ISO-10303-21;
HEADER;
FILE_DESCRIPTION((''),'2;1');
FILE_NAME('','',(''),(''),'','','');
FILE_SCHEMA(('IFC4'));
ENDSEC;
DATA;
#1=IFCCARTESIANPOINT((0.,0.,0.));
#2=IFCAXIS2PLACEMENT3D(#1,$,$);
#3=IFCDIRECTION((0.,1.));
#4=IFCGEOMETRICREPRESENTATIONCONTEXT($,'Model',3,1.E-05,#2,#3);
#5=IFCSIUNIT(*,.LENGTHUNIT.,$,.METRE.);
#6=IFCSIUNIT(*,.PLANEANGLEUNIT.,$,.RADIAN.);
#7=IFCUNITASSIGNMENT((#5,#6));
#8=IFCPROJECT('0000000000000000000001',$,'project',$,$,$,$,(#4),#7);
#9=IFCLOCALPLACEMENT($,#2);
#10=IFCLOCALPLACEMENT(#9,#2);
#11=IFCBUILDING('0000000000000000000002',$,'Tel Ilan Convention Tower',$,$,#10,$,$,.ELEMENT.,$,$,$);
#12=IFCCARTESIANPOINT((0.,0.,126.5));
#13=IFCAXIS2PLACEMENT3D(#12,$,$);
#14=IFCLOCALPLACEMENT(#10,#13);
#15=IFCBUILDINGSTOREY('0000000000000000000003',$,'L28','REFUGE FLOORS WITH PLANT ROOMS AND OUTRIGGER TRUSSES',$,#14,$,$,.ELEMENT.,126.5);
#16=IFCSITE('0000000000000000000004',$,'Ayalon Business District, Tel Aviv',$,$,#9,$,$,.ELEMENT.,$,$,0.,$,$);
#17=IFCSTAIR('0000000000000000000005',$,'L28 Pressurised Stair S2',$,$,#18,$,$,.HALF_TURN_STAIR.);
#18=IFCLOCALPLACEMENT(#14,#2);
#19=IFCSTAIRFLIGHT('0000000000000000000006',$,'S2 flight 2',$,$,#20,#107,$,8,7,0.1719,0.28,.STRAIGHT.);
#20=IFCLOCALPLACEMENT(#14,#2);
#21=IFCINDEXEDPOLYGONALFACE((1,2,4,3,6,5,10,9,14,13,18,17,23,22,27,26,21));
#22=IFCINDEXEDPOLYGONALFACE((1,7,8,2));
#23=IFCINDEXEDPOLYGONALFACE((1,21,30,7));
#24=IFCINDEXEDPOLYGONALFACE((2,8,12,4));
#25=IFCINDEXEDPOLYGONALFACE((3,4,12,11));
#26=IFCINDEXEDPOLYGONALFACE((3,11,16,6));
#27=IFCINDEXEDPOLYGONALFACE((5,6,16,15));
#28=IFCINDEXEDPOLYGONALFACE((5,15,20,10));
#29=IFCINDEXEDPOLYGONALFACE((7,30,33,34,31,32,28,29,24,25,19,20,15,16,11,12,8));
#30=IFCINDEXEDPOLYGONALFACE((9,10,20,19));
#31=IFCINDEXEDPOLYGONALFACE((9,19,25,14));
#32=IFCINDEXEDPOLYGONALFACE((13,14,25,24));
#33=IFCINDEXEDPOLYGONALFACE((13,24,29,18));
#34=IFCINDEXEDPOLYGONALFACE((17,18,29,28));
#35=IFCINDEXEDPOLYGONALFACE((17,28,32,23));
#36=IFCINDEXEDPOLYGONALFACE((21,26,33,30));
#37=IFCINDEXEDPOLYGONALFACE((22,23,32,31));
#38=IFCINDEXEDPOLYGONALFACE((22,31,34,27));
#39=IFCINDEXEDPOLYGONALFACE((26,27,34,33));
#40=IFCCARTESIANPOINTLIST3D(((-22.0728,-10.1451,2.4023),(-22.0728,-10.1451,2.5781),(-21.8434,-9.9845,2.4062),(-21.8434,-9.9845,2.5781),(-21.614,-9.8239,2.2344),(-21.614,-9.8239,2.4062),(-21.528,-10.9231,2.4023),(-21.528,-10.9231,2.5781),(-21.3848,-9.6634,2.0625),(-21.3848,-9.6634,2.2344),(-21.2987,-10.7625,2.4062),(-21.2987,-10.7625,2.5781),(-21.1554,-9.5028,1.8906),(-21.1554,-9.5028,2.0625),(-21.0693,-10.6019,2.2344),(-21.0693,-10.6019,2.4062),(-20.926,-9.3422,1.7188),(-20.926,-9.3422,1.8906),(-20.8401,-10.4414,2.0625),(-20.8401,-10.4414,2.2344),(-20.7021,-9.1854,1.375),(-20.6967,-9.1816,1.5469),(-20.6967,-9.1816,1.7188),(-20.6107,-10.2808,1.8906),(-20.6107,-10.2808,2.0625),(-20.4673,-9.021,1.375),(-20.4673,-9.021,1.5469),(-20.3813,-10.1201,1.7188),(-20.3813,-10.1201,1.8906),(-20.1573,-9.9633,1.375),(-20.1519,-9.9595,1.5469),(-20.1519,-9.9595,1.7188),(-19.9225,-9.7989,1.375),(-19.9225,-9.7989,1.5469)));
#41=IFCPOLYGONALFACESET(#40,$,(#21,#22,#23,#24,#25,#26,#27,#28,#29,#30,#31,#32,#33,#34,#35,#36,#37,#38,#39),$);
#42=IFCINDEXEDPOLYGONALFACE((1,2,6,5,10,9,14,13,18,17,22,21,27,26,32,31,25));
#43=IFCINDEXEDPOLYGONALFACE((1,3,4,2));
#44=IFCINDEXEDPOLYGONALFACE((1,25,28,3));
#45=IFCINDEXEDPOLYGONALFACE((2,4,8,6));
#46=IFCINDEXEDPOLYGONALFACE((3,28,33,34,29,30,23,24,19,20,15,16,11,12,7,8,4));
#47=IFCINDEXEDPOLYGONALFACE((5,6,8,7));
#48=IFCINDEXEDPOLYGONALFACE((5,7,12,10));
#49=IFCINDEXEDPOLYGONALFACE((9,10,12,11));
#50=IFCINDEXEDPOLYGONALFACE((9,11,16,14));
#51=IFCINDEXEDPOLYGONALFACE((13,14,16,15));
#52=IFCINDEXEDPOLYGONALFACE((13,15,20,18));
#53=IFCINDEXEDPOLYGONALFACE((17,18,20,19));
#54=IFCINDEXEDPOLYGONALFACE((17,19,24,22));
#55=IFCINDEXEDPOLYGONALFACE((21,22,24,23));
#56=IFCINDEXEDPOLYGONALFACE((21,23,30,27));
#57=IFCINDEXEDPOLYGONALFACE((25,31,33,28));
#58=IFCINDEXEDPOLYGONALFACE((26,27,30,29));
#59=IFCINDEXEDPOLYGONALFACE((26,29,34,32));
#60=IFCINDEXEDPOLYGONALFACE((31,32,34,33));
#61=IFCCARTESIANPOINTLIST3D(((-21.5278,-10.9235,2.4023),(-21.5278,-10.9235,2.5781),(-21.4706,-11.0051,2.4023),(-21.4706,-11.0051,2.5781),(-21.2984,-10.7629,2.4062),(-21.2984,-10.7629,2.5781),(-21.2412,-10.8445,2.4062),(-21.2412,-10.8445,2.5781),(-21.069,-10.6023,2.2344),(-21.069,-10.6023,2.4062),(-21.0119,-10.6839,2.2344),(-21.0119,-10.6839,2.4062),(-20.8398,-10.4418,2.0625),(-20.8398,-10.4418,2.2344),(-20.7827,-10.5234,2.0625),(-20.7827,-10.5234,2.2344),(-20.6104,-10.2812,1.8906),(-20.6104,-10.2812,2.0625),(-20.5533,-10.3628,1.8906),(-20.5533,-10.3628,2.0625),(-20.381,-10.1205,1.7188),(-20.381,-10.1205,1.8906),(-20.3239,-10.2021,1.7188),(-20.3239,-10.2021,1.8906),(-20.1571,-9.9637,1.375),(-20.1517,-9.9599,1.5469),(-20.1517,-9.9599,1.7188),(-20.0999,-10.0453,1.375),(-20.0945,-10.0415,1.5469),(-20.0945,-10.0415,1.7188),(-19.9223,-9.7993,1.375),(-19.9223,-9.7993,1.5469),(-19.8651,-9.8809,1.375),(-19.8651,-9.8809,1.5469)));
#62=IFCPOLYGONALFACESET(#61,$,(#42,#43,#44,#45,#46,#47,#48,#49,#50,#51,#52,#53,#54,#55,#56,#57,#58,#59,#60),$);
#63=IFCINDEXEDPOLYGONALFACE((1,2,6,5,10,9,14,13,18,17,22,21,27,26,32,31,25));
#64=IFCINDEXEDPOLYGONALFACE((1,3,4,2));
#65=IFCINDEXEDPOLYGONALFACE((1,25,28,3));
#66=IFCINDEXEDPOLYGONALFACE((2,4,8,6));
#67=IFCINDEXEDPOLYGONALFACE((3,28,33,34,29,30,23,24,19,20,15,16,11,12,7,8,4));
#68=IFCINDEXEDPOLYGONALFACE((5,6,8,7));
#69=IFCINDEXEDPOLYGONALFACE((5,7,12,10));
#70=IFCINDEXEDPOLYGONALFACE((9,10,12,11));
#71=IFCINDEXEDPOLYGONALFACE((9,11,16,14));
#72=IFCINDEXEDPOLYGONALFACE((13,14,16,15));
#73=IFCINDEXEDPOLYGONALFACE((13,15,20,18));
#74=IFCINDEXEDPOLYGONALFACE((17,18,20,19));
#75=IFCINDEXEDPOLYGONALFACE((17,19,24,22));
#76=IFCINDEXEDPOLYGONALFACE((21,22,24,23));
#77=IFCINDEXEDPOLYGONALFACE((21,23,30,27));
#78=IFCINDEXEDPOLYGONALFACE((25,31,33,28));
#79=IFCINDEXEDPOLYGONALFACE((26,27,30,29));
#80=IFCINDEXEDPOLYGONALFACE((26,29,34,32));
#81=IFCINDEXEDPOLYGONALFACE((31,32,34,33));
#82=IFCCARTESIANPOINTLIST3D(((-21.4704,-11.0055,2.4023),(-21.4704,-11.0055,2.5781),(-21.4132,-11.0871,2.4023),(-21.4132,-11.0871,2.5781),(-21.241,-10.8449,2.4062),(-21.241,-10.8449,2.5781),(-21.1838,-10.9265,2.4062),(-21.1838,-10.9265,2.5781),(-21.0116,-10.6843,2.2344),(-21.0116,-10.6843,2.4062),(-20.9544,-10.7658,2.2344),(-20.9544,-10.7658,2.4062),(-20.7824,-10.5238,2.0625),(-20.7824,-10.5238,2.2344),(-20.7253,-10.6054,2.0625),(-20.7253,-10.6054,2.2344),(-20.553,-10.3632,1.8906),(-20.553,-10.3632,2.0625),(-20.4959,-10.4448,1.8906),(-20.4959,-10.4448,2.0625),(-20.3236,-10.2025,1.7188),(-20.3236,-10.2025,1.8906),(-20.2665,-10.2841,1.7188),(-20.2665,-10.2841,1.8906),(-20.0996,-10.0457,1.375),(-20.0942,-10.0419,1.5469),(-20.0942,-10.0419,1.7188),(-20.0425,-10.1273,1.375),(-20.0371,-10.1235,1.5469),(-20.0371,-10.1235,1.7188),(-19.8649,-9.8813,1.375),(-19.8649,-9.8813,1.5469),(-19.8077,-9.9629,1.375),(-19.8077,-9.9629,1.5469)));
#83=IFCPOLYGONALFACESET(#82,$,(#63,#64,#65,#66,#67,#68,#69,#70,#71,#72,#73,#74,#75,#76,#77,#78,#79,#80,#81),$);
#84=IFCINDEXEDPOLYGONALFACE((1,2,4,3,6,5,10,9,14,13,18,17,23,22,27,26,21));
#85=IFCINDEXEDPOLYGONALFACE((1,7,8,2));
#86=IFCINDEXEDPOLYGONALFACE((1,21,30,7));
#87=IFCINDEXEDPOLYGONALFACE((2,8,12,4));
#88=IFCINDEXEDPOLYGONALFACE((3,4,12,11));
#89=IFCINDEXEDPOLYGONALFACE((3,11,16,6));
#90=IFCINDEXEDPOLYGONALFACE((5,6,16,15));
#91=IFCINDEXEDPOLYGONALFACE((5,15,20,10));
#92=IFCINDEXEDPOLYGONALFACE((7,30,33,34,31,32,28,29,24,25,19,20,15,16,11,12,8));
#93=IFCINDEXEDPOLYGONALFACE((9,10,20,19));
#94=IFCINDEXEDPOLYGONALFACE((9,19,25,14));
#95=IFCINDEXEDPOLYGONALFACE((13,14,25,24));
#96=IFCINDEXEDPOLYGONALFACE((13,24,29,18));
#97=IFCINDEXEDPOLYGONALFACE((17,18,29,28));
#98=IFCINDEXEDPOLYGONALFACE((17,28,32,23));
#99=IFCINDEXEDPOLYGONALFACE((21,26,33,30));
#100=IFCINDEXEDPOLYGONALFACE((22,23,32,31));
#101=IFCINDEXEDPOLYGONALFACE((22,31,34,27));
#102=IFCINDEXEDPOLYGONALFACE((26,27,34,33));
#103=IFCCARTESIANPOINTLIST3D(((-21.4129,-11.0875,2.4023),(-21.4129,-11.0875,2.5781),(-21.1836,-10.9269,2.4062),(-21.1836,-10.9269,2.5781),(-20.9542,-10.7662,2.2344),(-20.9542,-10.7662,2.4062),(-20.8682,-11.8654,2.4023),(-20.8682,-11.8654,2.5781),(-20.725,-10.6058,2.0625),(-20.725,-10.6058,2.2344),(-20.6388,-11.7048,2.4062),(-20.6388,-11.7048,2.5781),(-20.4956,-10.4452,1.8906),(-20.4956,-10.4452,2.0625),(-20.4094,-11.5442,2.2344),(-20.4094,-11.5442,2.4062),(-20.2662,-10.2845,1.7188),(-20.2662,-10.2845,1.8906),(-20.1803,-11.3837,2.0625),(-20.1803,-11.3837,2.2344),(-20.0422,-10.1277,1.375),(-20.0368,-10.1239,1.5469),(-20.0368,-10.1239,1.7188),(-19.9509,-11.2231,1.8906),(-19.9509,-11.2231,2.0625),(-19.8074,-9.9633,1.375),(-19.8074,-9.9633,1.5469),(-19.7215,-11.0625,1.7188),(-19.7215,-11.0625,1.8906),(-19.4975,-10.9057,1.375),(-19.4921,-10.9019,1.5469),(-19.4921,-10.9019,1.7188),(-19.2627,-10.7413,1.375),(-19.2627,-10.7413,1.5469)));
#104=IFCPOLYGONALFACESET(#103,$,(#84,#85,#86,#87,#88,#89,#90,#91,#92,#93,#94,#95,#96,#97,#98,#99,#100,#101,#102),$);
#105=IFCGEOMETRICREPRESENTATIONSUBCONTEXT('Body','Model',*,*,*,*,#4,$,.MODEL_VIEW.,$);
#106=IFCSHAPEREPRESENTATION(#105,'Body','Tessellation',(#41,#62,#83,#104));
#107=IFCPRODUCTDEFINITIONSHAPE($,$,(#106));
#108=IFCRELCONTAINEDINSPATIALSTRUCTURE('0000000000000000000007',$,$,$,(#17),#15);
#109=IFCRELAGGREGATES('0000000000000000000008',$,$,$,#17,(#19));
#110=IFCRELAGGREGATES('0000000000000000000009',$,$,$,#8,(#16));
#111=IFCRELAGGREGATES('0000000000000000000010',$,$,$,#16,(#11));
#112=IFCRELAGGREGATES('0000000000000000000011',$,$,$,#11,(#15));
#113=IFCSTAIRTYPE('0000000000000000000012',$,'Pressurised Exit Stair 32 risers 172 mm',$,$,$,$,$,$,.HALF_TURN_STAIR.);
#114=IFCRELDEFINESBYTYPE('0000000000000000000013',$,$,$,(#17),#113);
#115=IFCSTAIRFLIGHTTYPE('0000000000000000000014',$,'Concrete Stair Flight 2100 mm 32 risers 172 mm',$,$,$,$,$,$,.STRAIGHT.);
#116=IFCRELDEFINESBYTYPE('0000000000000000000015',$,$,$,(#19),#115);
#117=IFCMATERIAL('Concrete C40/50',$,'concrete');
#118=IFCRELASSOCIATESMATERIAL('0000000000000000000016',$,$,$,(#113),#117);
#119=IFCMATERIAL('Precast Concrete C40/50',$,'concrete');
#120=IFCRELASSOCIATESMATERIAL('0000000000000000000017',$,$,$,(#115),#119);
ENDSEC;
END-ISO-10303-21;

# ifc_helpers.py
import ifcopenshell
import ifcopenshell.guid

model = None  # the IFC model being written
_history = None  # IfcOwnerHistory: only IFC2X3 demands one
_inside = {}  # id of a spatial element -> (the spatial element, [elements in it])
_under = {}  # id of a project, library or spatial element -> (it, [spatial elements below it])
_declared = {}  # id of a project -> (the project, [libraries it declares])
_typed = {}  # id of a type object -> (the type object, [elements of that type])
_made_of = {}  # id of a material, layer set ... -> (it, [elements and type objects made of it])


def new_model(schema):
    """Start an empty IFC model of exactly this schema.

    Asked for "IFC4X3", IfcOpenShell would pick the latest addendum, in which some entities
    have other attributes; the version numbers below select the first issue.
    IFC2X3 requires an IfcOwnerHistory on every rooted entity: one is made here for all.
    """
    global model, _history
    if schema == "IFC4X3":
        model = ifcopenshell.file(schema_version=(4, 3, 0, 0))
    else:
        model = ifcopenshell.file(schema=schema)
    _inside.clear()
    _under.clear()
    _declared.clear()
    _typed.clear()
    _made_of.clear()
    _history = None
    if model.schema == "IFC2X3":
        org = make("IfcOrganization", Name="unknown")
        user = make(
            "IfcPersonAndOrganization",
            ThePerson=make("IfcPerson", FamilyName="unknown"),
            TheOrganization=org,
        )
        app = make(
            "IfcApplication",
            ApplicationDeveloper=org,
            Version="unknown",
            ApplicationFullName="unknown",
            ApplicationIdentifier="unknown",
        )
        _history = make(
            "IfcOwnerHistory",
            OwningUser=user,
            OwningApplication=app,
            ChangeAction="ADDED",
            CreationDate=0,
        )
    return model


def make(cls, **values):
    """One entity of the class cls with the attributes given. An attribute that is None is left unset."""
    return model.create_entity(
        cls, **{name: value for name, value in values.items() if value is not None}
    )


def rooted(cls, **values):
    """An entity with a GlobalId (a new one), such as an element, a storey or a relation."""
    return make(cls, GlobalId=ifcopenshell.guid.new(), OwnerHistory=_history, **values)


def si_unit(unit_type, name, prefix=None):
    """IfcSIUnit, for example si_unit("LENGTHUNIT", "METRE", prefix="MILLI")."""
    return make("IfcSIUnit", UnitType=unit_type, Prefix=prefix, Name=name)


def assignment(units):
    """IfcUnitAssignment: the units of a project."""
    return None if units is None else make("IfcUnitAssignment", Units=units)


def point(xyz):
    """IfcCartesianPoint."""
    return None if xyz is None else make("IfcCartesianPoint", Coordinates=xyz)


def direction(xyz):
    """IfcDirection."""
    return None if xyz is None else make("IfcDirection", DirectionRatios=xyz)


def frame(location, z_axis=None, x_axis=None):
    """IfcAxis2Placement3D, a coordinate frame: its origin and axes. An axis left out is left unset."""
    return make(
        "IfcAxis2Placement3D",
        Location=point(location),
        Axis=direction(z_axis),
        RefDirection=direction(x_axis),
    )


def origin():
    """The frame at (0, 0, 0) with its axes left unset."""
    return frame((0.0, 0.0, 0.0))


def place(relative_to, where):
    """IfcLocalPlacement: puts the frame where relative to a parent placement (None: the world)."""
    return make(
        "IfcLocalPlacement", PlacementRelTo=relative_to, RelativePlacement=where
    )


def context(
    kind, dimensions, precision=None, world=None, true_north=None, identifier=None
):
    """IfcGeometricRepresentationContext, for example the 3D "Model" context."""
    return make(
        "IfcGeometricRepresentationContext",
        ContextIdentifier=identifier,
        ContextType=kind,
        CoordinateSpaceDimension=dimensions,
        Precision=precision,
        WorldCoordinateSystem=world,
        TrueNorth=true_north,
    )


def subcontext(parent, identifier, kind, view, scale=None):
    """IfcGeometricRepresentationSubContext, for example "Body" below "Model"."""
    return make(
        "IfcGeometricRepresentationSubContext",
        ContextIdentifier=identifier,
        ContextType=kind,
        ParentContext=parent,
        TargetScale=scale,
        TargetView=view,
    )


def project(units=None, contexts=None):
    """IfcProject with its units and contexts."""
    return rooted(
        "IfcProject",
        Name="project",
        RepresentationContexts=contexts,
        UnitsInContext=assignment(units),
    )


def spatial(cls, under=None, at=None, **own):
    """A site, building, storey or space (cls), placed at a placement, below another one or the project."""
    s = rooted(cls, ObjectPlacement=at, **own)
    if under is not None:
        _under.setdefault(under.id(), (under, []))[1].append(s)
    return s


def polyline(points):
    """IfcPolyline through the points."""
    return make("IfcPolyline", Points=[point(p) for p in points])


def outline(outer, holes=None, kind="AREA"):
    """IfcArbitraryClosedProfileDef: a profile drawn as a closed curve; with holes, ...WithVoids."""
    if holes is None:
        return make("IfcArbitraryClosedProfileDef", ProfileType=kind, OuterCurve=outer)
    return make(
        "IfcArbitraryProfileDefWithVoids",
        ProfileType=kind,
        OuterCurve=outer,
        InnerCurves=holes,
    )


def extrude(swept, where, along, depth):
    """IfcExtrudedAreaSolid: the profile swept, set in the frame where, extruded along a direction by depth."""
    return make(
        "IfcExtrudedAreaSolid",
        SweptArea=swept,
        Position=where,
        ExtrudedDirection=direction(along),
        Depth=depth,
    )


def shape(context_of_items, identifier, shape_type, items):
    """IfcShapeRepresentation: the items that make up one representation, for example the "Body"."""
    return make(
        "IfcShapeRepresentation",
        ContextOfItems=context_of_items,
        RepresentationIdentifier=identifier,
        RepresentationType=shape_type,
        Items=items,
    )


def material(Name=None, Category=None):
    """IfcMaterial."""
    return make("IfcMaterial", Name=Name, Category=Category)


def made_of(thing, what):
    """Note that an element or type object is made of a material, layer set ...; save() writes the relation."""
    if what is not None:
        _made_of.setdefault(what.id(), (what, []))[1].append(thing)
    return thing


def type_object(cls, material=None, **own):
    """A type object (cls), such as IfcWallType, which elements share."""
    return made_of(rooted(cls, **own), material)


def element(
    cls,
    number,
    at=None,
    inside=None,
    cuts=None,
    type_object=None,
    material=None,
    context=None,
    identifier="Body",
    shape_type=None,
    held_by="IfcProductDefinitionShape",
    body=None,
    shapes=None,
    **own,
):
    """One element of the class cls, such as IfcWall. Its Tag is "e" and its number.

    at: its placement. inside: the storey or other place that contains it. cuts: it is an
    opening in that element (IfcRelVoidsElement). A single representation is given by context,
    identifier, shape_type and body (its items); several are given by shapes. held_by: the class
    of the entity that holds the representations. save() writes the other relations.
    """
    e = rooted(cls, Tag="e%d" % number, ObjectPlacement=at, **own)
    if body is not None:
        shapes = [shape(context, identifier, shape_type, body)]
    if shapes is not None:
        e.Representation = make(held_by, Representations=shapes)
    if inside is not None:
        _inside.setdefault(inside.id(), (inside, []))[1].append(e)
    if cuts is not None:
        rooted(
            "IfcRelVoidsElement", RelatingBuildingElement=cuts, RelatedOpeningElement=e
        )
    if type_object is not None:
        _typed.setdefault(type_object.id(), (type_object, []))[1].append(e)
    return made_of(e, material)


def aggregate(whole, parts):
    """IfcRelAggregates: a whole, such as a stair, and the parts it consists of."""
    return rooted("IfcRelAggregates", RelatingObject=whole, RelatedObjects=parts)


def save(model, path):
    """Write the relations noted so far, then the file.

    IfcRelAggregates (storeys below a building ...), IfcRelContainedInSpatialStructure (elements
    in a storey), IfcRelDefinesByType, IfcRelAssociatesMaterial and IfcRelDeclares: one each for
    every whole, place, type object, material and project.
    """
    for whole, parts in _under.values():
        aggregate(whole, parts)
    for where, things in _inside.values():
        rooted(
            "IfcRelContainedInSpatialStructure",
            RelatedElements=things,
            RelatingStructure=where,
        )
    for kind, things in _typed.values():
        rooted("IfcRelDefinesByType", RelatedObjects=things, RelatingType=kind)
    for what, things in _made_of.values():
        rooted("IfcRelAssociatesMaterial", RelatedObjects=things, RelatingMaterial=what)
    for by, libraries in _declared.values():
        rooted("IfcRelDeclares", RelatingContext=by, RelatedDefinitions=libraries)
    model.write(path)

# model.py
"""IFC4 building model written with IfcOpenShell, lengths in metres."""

from ifc_helpers import new_model, si_unit, direction, frame, origin, place, context, subcontext, project, spatial, polyline, outline, extrude, material, type_object, element, aggregate, save


model = new_model("IFC4")

# Units and contexts
model_context = context("Model", 3, precision=1e-05, world=origin(), true_north=direction((0.0, 1.0)))
body_context = subcontext(model_context, "Body", "Model", "MODEL_VIEW")
ifc_project = project(units=[si_unit("LENGTHUNIT", "METRE"), si_unit("PLANEANGLEUNIT", "RADIAN")], contexts=[model_context])

# Site, building, storey
site_placement = place(None, origin())
site = spatial("IfcSite", under=ifc_project, at=site_placement, Name="Ayalon Business District, Tel Aviv", CompositionType="ELEMENT", RefElevation=0.0)
building_placement = place(site_placement, origin())
building = spatial("IfcBuilding", under=site, at=building_placement, Name="Tel Ilan Convention Tower", CompositionType="ELEMENT")
storey_placement = place(building_placement, frame((0.0, 0.0, 126.5)))
storey = spatial("IfcBuildingStorey", under=building, at=storey_placement, Name="L28", Description="REFUGE FLOORS WITH PLANT ROOMS AND OUTRIGGER TRUSSES", CompositionType="ELEMENT", Elevation=126.5)

# Stair, stair flight
ifc_material_1 = material(Name="Concrete C40/50", Category="concrete")
stair_type = type_object("IfcStairType", Name="Pressurised Exit Stair 32 risers 172 mm", PredefinedType="HALF_TURN_STAIR", material=ifc_material_1)
stair_placement = place(storey_placement, origin())
stair = element("IfcStair", 1, at=stair_placement, inside=storey, type_object=stair_type, Name="L28 Pressurised Stair S2", PredefinedType="HALF_TURN_STAIR")
ifc_material_2 = material(Name="Precast Concrete C40/50", Category="concrete")
stair_flight_type = type_object("IfcStairFlightType", Name="Concrete Stair Flight 2100 mm 32 risers 172 mm", PredefinedType="STRAIGHT", material=ifc_material_2)
stair_flight_1_placement = place(storey_placement, frame((-19.865, -9.8811, 1.375), z_axis=(0.0, 0.0, 1.0), x_axis=(-0.819152, -0.573576, 0.0)))
stair_flight_1 = element("IfcStairFlight", 2, at=stair_flight_1_placement, type_object=stair_flight_type, Name="S2 flight 2", NumberOfRisers=8, NumberOfTreads=7, PredefinedType="STRAIGHT", RiserHeight=0.1719, TreadLength=0.28, context=body_context, shape_type="SweptSolid", body=[
    extrude(outline(polyline([(0.0, 0.0), (0.0, 0.1719), (0.28, 0.1719), (0.28, 0.3438), (0.5601, 0.3438), (0.5601, 0.5156), (0.8401, 0.5156), (0.8401, 0.6875), (1.1201, 0.6875), (1.1201, 0.8594), (1.3999, 0.8594), (1.3999, 1.0312), (1.6799, 1.0312), (1.6799, 1.2031), (1.96, 1.2031), (1.96, 1.375), (1.96, 1.0273), (0.2866, 0.0), (0.0, 0.0)])), frame((0.0, -0.1003, 0.0), z_axis=(0.0, -1.0, 0.0), x_axis=(1.0, 0.0, 0.0)), (0.0, 0.0, 1.0), 0.9497),
    extrude(outline(polyline([(0.0, 0.0), (0.0, 0.1719), (0.28, 0.1719), (0.28, 0.3438), (0.5601, 0.3438), (0.5601, 0.5156), (0.8401, 0.5156), (0.8401, 0.6875), (1.1201, 0.6875), (1.1201, 0.8594), (1.3999, 0.8594), (1.3999, 1.0312), (1.6799, 1.0312), (1.6799, 1.2031), (1.96, 1.2031), (1.96, 1.375), (1.96, 1.0273), (0.2866, 0.0), (0.0, 0.0)])), frame((0.0, -0.0002, 0.0), z_axis=(0.0, -1.0, 0.0), x_axis=(1.0, 0.0, 0.0)), (0.0, 0.0, 1.0), 0.0996),
    extrude(outline(polyline([(0.0, 0.0), (0.0, 0.1719), (0.28, 0.1719), (0.28, 0.3438), (0.5601, 0.3438), (0.5601, 0.5156), (0.8401, 0.5156), (0.8401, 0.6875), (1.1201, 0.6875), (1.1201, 0.8594), (1.3999, 0.8594), (1.3999, 1.0312), (1.6799, 1.0312), (1.6799, 1.2031), (1.96, 1.2031), (1.96, 1.375), (1.96, 1.0273), (0.2866, 0.0), (0.0, 0.0)])), frame((0.0, 0.0999, 0.0), z_axis=(0.0, -1.0, 0.0), x_axis=(1.0, 0.0, 0.0)), (0.0, 0.0, 1.0), 0.0996),
    extrude(outline(polyline([(0.0, 0.0), (0.0, 0.1719), (0.28, 0.1719), (0.28, 0.3438), (0.5601, 0.3438), (0.5601, 0.5156), (0.8401, 0.5156), (0.8401, 0.6875), (1.1201, 0.6875), (1.1201, 0.8594), (1.3999, 0.8594), (1.3999, 1.0312), (1.6799, 1.0312), (1.6799, 1.2031), (1.96, 1.2031), (1.96, 1.375), (1.96, 1.0273), (0.2866, 0.0), (0.0, 0.0)])), frame((0.0, 1.05, 0.0), z_axis=(0.0, -1.0, 0.0), x_axis=(1.0, 0.0, 0.0)), (0.0, 0.0, 1.0), 0.9497),
])
aggregate(stair, [stair_flight_1])

save(model, "model.ifc")
